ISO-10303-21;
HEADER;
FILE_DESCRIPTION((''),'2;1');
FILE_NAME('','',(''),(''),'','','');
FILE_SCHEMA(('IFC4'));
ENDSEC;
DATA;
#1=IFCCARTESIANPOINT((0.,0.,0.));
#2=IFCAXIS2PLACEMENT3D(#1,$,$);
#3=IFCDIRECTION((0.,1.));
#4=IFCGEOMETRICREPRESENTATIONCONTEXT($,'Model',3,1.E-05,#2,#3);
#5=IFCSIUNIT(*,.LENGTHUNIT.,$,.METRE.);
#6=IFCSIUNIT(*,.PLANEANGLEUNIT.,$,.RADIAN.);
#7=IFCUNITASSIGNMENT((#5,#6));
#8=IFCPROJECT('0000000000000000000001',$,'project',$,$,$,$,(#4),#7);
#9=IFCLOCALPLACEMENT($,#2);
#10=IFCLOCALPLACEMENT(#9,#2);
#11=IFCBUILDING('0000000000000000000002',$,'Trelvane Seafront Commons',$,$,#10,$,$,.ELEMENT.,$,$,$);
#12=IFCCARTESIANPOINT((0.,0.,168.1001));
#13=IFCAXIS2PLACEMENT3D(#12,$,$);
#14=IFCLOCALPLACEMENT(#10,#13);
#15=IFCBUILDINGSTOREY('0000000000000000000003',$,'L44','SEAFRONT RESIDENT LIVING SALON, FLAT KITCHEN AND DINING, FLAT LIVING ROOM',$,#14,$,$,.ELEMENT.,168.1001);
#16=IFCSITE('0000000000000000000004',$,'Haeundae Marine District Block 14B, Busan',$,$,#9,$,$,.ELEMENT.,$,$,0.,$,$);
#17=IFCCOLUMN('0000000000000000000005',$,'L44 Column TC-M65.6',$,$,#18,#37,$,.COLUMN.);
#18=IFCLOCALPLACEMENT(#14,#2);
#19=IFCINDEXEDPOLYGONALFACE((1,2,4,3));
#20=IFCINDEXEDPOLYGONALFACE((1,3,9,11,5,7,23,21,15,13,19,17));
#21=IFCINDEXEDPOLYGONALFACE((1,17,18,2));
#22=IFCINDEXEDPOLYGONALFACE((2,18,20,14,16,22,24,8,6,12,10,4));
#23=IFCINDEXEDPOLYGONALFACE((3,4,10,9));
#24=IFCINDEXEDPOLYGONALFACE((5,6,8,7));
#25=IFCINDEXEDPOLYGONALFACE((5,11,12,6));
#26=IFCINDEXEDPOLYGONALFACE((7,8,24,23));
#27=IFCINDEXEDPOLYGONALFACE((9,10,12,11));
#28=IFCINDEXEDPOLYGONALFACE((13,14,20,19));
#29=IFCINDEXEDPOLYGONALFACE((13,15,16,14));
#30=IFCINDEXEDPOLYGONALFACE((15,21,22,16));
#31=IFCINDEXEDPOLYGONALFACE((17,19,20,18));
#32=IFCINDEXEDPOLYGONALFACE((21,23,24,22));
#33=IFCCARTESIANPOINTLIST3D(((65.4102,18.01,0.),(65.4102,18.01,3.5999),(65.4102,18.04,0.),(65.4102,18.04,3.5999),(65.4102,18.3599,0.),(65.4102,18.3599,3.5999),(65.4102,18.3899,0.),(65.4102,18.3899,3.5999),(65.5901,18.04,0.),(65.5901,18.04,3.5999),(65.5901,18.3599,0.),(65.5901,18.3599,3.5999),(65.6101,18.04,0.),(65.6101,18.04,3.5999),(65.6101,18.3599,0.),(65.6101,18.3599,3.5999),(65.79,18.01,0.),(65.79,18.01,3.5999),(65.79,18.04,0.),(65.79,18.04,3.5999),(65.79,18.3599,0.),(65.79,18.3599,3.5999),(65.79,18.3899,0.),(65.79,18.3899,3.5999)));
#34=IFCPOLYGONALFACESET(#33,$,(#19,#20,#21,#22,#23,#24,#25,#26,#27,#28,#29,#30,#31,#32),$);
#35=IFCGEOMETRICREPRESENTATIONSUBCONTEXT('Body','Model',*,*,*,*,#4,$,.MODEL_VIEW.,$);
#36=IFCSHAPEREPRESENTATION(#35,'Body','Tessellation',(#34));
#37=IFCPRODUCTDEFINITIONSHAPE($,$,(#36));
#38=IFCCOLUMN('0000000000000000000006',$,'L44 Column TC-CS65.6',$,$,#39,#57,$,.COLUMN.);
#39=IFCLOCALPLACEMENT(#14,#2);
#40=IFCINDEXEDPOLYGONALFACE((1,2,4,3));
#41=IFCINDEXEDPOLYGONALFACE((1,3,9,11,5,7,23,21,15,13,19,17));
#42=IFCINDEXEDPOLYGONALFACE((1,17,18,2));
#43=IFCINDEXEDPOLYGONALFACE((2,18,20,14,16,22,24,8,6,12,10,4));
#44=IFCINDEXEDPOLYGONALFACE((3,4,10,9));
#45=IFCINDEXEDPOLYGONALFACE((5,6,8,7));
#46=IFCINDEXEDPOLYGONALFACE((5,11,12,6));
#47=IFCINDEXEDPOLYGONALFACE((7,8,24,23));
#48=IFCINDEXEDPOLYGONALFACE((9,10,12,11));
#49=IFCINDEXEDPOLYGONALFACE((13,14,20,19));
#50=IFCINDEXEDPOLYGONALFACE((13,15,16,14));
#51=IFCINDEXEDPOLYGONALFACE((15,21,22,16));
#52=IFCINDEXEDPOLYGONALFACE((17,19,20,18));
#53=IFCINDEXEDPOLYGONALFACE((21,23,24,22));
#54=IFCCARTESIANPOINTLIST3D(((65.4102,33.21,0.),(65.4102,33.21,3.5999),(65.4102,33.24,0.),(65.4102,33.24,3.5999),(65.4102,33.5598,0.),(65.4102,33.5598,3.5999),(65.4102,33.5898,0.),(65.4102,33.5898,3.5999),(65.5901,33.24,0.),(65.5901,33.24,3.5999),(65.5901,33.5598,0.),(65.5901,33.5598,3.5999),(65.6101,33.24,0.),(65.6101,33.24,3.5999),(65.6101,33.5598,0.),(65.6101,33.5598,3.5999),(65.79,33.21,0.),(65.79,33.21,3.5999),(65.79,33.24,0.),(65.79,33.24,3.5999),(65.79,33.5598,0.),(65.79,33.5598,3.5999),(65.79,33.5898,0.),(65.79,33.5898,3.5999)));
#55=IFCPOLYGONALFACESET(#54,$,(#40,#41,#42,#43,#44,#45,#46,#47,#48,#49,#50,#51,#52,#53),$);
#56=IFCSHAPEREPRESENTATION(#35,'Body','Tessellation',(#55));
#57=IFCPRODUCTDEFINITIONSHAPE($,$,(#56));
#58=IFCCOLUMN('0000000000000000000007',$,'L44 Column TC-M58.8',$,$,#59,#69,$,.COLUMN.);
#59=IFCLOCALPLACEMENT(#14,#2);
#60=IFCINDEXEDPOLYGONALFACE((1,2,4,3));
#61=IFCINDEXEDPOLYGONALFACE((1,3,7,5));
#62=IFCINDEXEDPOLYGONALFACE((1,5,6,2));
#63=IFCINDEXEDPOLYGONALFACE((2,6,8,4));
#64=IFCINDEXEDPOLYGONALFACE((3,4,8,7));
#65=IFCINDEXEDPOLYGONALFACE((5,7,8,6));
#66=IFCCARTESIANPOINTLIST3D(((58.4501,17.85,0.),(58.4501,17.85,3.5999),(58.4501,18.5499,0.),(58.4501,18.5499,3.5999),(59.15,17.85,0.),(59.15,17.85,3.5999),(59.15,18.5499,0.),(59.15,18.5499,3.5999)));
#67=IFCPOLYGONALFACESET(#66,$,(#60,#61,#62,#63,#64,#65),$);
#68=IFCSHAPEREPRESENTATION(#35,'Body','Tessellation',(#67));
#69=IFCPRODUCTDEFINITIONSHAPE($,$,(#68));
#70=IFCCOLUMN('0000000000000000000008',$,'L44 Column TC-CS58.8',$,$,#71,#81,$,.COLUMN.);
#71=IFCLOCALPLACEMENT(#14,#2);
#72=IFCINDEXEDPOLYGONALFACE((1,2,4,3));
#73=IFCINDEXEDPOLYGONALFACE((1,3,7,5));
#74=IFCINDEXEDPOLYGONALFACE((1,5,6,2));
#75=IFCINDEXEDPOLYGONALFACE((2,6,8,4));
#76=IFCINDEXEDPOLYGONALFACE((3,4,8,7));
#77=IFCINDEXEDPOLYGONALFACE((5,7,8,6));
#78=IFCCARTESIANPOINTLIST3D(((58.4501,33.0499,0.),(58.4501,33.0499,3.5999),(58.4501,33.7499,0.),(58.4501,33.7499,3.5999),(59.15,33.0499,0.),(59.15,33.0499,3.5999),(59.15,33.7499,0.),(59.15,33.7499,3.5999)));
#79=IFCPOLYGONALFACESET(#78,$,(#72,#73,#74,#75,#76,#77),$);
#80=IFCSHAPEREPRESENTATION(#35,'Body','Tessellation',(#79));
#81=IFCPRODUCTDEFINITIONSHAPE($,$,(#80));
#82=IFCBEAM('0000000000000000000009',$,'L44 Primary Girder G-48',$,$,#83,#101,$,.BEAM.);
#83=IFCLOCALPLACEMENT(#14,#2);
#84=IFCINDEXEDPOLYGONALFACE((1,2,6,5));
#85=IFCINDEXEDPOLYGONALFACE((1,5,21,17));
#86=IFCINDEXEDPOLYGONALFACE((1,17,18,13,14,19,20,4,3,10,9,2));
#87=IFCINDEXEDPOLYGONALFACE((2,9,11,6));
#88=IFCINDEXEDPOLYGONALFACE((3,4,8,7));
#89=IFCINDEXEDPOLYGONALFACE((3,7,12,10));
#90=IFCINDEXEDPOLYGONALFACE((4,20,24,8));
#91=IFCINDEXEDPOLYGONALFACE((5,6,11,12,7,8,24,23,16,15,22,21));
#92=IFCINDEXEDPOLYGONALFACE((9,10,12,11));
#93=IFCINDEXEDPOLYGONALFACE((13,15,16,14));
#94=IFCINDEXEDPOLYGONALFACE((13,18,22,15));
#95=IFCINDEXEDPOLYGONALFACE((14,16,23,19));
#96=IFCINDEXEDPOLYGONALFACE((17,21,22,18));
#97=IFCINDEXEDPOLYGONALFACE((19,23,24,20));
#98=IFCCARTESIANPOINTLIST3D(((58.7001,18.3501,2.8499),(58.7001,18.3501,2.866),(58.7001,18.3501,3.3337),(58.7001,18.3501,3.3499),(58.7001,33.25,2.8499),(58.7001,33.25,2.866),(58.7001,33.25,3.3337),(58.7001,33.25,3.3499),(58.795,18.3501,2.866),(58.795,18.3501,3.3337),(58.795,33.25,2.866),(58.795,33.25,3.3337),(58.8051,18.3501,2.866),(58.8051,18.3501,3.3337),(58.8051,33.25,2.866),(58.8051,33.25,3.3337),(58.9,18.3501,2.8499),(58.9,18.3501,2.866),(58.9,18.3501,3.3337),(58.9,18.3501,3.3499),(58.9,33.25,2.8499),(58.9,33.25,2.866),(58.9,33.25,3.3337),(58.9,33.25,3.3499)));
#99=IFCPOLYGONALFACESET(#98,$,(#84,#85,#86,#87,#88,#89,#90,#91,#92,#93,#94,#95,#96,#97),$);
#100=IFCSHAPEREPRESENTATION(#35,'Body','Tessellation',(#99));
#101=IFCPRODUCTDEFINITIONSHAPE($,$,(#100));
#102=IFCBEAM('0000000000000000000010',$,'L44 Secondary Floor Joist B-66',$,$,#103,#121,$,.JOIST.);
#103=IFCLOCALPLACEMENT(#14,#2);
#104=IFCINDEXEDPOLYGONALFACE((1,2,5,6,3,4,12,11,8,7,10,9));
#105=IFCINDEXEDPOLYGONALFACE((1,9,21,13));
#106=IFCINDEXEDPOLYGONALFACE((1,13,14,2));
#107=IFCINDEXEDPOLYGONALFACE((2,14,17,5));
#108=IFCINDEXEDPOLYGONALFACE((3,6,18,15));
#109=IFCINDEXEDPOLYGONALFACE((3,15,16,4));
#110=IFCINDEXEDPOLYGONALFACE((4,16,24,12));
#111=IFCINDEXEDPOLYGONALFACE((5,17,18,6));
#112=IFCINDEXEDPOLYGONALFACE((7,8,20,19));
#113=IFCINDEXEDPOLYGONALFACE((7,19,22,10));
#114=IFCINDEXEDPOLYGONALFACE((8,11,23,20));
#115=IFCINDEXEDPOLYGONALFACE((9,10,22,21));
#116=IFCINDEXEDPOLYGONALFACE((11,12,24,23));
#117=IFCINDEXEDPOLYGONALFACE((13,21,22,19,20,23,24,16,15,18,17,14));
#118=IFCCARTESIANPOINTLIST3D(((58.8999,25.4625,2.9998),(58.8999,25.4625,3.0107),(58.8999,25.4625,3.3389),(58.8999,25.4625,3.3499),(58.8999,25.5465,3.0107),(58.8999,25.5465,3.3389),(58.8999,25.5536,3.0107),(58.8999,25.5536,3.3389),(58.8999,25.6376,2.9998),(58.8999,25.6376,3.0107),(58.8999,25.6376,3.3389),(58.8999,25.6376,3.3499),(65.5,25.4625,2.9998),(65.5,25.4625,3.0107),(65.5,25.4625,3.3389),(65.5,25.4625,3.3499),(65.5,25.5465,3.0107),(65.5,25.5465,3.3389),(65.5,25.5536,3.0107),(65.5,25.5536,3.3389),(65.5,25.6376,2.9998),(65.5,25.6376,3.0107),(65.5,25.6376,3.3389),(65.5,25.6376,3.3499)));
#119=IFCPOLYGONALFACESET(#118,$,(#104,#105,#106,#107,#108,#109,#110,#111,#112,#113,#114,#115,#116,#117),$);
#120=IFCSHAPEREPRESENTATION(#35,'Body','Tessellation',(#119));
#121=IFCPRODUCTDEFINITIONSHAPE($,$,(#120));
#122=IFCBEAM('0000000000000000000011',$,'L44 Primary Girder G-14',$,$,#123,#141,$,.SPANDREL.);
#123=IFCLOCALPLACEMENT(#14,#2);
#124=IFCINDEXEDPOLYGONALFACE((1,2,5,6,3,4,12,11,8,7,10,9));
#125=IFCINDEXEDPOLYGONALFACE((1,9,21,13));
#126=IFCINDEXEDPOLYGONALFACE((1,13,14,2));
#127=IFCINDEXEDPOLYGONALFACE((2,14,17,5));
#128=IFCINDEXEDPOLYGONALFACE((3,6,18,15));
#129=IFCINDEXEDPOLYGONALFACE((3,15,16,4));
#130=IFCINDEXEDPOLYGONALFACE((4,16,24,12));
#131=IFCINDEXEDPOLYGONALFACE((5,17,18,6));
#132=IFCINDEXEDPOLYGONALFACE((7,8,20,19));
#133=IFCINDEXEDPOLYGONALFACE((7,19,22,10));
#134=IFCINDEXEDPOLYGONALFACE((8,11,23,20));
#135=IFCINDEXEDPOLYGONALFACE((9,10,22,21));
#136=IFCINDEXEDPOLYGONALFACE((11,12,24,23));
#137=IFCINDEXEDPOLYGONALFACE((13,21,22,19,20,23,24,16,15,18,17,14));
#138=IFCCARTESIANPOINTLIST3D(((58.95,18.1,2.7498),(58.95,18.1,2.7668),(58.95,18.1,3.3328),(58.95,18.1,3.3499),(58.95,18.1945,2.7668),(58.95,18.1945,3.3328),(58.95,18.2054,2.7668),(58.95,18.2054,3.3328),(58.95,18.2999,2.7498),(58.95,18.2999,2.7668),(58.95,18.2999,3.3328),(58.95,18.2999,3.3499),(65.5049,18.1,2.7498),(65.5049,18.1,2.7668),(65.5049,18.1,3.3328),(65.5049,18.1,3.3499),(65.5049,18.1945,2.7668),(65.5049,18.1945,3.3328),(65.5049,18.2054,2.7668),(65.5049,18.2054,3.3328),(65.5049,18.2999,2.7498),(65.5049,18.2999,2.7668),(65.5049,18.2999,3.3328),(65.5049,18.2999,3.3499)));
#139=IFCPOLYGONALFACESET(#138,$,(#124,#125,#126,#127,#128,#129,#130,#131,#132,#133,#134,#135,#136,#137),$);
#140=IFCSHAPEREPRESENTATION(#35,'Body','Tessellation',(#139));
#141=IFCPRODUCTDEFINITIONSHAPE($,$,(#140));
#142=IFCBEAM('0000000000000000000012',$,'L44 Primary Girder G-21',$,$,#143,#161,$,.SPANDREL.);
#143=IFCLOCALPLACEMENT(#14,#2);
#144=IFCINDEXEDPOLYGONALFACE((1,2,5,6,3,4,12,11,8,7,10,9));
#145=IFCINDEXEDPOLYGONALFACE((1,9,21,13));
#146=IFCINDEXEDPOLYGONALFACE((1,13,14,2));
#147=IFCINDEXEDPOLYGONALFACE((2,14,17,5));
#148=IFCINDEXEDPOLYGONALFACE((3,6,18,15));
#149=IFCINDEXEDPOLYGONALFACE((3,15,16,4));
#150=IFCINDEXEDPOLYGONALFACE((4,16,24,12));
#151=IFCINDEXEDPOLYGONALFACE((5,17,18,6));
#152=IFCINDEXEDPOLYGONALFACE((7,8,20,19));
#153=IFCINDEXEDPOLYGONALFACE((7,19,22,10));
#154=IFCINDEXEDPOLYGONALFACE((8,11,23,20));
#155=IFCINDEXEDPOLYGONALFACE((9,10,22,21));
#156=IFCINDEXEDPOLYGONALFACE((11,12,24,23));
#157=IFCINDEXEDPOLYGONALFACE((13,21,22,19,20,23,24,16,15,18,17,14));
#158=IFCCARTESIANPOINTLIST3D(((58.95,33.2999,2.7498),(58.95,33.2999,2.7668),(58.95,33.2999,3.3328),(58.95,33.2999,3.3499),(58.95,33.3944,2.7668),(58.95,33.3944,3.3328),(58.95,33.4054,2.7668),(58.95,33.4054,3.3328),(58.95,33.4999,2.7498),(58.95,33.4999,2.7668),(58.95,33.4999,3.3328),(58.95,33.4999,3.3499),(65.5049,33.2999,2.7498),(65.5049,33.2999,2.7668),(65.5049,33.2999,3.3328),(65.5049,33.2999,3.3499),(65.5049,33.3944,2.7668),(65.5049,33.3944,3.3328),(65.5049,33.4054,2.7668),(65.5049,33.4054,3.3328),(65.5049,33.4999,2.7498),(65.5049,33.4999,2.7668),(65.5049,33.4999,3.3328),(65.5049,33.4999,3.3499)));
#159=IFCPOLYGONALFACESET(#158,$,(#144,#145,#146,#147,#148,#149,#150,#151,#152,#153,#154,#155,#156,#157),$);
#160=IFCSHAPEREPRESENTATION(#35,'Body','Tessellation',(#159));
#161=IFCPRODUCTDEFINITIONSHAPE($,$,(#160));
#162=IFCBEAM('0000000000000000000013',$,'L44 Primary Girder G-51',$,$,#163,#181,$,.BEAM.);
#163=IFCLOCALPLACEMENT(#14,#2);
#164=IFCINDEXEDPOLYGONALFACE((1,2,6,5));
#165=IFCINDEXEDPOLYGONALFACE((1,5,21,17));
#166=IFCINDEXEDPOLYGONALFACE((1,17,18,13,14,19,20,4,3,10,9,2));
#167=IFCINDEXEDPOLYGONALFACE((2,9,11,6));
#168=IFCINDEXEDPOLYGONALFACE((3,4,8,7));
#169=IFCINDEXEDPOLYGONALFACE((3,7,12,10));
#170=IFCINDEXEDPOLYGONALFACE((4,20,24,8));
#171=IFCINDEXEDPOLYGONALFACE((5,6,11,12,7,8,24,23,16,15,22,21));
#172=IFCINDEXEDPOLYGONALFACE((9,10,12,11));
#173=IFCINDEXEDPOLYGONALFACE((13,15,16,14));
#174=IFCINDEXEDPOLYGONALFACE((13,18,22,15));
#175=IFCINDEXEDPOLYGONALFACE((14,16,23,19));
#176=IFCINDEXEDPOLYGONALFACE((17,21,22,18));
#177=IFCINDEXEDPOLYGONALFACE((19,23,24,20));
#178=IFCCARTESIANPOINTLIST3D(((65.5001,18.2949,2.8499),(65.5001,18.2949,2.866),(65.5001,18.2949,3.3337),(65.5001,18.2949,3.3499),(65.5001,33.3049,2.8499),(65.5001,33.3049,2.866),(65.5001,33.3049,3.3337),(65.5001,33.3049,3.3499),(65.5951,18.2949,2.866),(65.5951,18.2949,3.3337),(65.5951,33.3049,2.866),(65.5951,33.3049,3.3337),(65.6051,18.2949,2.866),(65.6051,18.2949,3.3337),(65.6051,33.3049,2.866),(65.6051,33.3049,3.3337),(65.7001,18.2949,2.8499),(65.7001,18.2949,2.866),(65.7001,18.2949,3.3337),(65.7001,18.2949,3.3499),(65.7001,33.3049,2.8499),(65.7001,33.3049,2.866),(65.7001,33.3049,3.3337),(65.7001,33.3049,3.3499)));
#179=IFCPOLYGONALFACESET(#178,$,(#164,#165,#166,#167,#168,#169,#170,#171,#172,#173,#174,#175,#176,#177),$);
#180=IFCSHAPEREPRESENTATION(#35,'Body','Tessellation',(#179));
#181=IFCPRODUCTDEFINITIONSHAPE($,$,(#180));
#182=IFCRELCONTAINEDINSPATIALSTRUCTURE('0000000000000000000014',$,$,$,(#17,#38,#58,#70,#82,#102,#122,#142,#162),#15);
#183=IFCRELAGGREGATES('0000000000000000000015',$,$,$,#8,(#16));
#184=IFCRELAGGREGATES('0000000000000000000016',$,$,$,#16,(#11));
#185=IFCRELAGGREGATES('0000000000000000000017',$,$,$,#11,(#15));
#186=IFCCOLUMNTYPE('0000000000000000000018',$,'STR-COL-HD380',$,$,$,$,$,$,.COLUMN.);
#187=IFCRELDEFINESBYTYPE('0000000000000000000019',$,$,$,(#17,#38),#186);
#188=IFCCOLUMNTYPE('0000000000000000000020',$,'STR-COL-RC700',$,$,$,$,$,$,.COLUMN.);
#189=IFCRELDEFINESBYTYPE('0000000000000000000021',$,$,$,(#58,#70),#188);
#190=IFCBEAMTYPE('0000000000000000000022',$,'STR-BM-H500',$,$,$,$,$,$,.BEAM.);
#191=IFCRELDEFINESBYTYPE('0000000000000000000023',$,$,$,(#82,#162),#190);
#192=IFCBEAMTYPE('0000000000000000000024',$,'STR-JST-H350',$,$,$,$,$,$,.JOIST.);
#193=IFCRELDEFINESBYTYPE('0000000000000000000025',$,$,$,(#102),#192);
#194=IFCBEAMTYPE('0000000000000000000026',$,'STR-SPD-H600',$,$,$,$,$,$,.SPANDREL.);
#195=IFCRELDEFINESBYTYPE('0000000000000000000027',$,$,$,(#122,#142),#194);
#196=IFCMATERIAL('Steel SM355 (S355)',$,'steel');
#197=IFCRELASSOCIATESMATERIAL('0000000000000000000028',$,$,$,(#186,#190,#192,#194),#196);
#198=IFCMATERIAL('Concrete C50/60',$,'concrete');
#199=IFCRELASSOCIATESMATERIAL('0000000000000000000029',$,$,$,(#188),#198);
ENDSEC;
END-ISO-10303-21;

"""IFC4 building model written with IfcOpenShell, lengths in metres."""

from ifc_helpers import new_model, si_unit, direction, frame, origin, origin_2d, place, context, subcontext, project, spatial, rectangle, i_section, extrude, source, transform, mapped, material, material_profile, profile_set, type_object, element, save


model = new_model("IFC4")

# Units and contexts
model_context = context("Model", 3, precision=1e-05, world=origin(), true_north=direction((0.0, 1.0)))
body_context = subcontext(model_context, "Body", "Model", "MODEL_VIEW")
ifc_project = project(units=[si_unit("LENGTHUNIT", "METRE"), si_unit("PLANEANGLEUNIT", "RADIAN")], contexts=[model_context])

# Site, building, storey
site_placement = place(None, origin())
site = spatial("IfcSite", under=ifc_project, at=site_placement, Name="Haeundae Marine District Block 14B, Busan", CompositionType="ELEMENT", RefElevation=0.0)
building_placement = place(site_placement, origin())
building = spatial("IfcBuilding", under=site, at=building_placement, Name="Trelvane Seafront Commons", CompositionType="ELEMENT")
storey_placement = place(building_placement, frame((0.0, 0.0, 168.1001)))
storey = spatial("IfcBuildingStorey", under=building, at=storey_placement, Name="L44", Description="SEAFRONT RESIDENT LIVING SALON, FLAT KITCHEN AND DINING, FLAT LIVING ROOM", CompositionType="ELEMENT", Elevation=168.1001)

# Columns
ifc_material_1 = material(Name="Steel SM355 (S355)", Category="steel")
ifc_material_profile_1 = material_profile(ifc_material_1, i_section(OverallWidth=0.3799, OverallDepth=0.3799, WebThickness=0.02, FlangeThickness=0.03, at=origin_2d()), Name="HD-380x380x20x30")
ifc_profile_set_1 = profile_set([ifc_material_profile_1], Name="Steel SM355 (S355)")
column_type_1 = type_object("IfcColumnType", Name="STR-COL-HD380", PredefinedType="COLUMN", material=ifc_profile_set_1)
shared_shape_1 = source(origin(), body_context, "Body", "SweptSolid", [
    extrude(i_section(OverallWidth=0.3799, OverallDepth=0.3799, WebThickness=0.02, FlangeThickness=0.03, at=origin_2d()), origin(), (0.0, 0.0, 1.0), 3.5999),
])
for number, where, z_axis, x_axis, name in (
    (1, (65.6001, 18.2, 0.0), (0.0, 0.0, 1.0), (1.0, 0.0, 0.0), "L44 Column TC-M65.6"),
    (2, (65.6001, 33.3999, 0.0), (0.0, 0.0, 1.0), (1.0, 0.0, 0.0), "L44 Column TC-CS65.6"),
):
    element("IfcColumn", number, at=place(storey_placement, frame(where, z_axis=z_axis, x_axis=x_axis)), inside=storey, type_object=column_type_1, Name=name, PredefinedType="COLUMN", context=body_context, shape_type="MappedRepresentation", body=[
        mapped(shared_shape_1, transform((0.0, 0.0, 0.0), x_axis=(1.0, 0.0, 0.0), y_axis=(0.0, 1.0, 0.0), z_axis=(0.0, 0.0, 1.0), scale=1.0)),
    ])
ifc_material_2 = material(Name="Concrete C50/60", Category="concrete")
ifc_material_profile_2 = material_profile(ifc_material_2, rectangle(XDim=0.7, YDim=0.7, at=origin_2d()), Name="RC-700x700")
ifc_profile_set_2 = profile_set([ifc_material_profile_2], Name="Concrete C50/60")
column_type_2 = type_object("IfcColumnType", Name="STR-COL-RC700", PredefinedType="COLUMN", material=ifc_profile_set_2)
shared_shape_2 = source(origin(), body_context, "Body", "SweptSolid", [
    extrude(rectangle(XDim=0.7, YDim=0.7, at=origin_2d()), origin(), (0.0, 0.0, 1.0), 3.5999),
])
for number, where, z_axis, x_axis, name in (
    (3, (58.8, 18.2, 0.0), (0.0, 0.0, 1.0), (1.0, 0.0, 0.0), "L44 Column TC-M58.8"),
    (4, (58.8, 33.3999, 0.0), (0.0, 0.0, 1.0), (1.0, 0.0, 0.0), "L44 Column TC-CS58.8"),
):
    element("IfcColumn", number, at=place(storey_placement, frame(where, z_axis=z_axis, x_axis=x_axis)), inside=storey, type_object=column_type_2, Name=name, PredefinedType="COLUMN", context=body_context, shape_type="MappedRepresentation", body=[
        mapped(shared_shape_2, transform((0.0, 0.0, 0.0), x_axis=(1.0, 0.0, 0.0), y_axis=(0.0, 1.0, 0.0), z_axis=(0.0, 0.0, 1.0), scale=1.0)),
    ])

# Beams
ifc_material_profile_3 = material_profile(ifc_material_1, i_section(OverallWidth=0.2, OverallDepth=0.5, WebThickness=0.01, FlangeThickness=0.0161, at=origin_2d()), Name="H-500x200x10x16")
ifc_profile_set_3 = profile_set([ifc_material_profile_3], Name="Steel SM355 (S355)")
beam_type_1 = type_object("IfcBeamType", Name="STR-BM-H500", PredefinedType="BEAM", material=ifc_profile_set_3)
shared_shape_3 = source(origin(), body_context, "Body", "SweptSolid", [
    extrude(i_section(OverallWidth=0.2, OverallDepth=0.5, WebThickness=0.01, FlangeThickness=0.0161, at=origin_2d()), origin(), (0.0, 0.0, 1.0), 14.8999),
])
beam_1_placement = place(storey_placement, frame((58.8, 18.3501, 3.0999), z_axis=(0.0, 1.0, 0.0), x_axis=(-1.0, 0.0, 0.0)))
element("IfcBeam", 5, at=beam_1_placement, inside=storey, type_object=beam_type_1, Name="L44 Primary Girder G-48", PredefinedType="BEAM", context=body_context, shape_type="MappedRepresentation", body=[
    mapped(shared_shape_3, transform((0.0, 0.0, 0.0), x_axis=(1.0, 0.0, 0.0), y_axis=(0.0, 1.0, 0.0), z_axis=(0.0, 0.0, 1.0), scale=1.0)),
])
ifc_material_profile_4 = material_profile(ifc_material_1, i_section(OverallWidth=0.175, OverallDepth=0.3501, WebThickness=0.0071, FlangeThickness=0.011, at=origin_2d()), Name="H-350x175x7x11")
ifc_profile_set_4 = profile_set([ifc_material_profile_4], Name="Steel SM355 (S355)")
beam_type_2 = type_object("IfcBeamType", Name="STR-JST-H350", PredefinedType="JOIST", material=ifc_profile_set_4)
shared_shape_4 = source(origin(), body_context, "Body", "SweptSolid", [
    extrude(i_section(OverallWidth=0.175, OverallDepth=0.3501, WebThickness=0.0071, FlangeThickness=0.011, at=origin_2d()), origin(), (0.0, 0.0, 1.0), 6.6001),
])
beam_2_placement = place(storey_placement, frame((58.8999, 25.55, 3.1748), z_axis=(1.0, 0.0, 0.0), x_axis=(0.0, 1.0, 0.0)))
element("IfcBeam", 6, at=beam_2_placement, inside=storey, type_object=beam_type_2, Name="L44 Secondary Floor Joist B-66", PredefinedType="JOIST", context=body_context, shape_type="MappedRepresentation", body=[
    mapped(shared_shape_4, transform((0.0, 0.0, 0.0), x_axis=(1.0, 0.0, 0.0), y_axis=(0.0, 1.0, 0.0), z_axis=(0.0, 0.0, 1.0), scale=1.0)),
])
ifc_material_profile_5 = material_profile(ifc_material_1, i_section(OverallWidth=0.2, OverallDepth=0.6001, WebThickness=0.011, FlangeThickness=0.0171, at=origin_2d()), Name="H-600x200x11x17")
ifc_profile_set_5 = profile_set([ifc_material_profile_5], Name="Steel SM355 (S355)")
beam_type_3 = type_object("IfcBeamType", Name="STR-SPD-H600", PredefinedType="SPANDREL", material=ifc_profile_set_5)
shared_shape_5 = source(origin(), body_context, "Body", "SweptSolid", [
    extrude(i_section(OverallWidth=0.2, OverallDepth=0.6001, WebThickness=0.011, FlangeThickness=0.0171, at=origin_2d()), origin(), (0.0, 0.0, 1.0), 6.5549),
])
for number, where, z_axis, x_axis, name in (
    (7, (58.95, 18.2, 3.0498), (1.0, 0.0, 0.0), (0.0, 1.0, 0.0), "L44 Primary Girder G-14"),
    (8, (58.95, 33.3999, 3.0498), (1.0, 0.0, 0.0), (0.0, 1.0, 0.0), "L44 Primary Girder G-21"),
):
    element("IfcBeam", number, at=place(storey_placement, frame(where, z_axis=z_axis, x_axis=x_axis)), inside=storey, type_object=beam_type_3, Name=name, PredefinedType="SPANDREL", context=body_context, shape_type="MappedRepresentation", body=[
        mapped(shared_shape_5, transform((0.0, 0.0, 0.0), x_axis=(1.0, 0.0, 0.0), y_axis=(0.0, 1.0, 0.0), z_axis=(0.0, 0.0, 1.0), scale=1.0)),
    ])
shared_shape_6 = source(origin(), body_context, "Body", "SweptSolid", [
    extrude(i_section(OverallWidth=0.2, OverallDepth=0.5, WebThickness=0.01, FlangeThickness=0.0161, at=origin_2d()), origin(), (0.0, 0.0, 1.0), 15.01),
])
beam_3_placement = place(storey_placement, frame((65.6001, 18.2949, 3.0999), z_axis=(0.0, 1.0, 0.0), x_axis=(-1.0, 0.0, 0.0)))
element("IfcBeam", 9, at=beam_3_placement, inside=storey, type_object=beam_type_1, Name="L44 Primary Girder G-51", PredefinedType="BEAM", context=body_context, shape_type="MappedRepresentation", body=[
    mapped(shared_shape_6, transform((0.0, 0.0, 0.0), x_axis=(1.0, 0.0, 0.0), y_axis=(0.0, 1.0, 0.0), z_axis=(0.0, 0.0, 1.0), scale=1.0)),
])

save(model, "model.ifc")
